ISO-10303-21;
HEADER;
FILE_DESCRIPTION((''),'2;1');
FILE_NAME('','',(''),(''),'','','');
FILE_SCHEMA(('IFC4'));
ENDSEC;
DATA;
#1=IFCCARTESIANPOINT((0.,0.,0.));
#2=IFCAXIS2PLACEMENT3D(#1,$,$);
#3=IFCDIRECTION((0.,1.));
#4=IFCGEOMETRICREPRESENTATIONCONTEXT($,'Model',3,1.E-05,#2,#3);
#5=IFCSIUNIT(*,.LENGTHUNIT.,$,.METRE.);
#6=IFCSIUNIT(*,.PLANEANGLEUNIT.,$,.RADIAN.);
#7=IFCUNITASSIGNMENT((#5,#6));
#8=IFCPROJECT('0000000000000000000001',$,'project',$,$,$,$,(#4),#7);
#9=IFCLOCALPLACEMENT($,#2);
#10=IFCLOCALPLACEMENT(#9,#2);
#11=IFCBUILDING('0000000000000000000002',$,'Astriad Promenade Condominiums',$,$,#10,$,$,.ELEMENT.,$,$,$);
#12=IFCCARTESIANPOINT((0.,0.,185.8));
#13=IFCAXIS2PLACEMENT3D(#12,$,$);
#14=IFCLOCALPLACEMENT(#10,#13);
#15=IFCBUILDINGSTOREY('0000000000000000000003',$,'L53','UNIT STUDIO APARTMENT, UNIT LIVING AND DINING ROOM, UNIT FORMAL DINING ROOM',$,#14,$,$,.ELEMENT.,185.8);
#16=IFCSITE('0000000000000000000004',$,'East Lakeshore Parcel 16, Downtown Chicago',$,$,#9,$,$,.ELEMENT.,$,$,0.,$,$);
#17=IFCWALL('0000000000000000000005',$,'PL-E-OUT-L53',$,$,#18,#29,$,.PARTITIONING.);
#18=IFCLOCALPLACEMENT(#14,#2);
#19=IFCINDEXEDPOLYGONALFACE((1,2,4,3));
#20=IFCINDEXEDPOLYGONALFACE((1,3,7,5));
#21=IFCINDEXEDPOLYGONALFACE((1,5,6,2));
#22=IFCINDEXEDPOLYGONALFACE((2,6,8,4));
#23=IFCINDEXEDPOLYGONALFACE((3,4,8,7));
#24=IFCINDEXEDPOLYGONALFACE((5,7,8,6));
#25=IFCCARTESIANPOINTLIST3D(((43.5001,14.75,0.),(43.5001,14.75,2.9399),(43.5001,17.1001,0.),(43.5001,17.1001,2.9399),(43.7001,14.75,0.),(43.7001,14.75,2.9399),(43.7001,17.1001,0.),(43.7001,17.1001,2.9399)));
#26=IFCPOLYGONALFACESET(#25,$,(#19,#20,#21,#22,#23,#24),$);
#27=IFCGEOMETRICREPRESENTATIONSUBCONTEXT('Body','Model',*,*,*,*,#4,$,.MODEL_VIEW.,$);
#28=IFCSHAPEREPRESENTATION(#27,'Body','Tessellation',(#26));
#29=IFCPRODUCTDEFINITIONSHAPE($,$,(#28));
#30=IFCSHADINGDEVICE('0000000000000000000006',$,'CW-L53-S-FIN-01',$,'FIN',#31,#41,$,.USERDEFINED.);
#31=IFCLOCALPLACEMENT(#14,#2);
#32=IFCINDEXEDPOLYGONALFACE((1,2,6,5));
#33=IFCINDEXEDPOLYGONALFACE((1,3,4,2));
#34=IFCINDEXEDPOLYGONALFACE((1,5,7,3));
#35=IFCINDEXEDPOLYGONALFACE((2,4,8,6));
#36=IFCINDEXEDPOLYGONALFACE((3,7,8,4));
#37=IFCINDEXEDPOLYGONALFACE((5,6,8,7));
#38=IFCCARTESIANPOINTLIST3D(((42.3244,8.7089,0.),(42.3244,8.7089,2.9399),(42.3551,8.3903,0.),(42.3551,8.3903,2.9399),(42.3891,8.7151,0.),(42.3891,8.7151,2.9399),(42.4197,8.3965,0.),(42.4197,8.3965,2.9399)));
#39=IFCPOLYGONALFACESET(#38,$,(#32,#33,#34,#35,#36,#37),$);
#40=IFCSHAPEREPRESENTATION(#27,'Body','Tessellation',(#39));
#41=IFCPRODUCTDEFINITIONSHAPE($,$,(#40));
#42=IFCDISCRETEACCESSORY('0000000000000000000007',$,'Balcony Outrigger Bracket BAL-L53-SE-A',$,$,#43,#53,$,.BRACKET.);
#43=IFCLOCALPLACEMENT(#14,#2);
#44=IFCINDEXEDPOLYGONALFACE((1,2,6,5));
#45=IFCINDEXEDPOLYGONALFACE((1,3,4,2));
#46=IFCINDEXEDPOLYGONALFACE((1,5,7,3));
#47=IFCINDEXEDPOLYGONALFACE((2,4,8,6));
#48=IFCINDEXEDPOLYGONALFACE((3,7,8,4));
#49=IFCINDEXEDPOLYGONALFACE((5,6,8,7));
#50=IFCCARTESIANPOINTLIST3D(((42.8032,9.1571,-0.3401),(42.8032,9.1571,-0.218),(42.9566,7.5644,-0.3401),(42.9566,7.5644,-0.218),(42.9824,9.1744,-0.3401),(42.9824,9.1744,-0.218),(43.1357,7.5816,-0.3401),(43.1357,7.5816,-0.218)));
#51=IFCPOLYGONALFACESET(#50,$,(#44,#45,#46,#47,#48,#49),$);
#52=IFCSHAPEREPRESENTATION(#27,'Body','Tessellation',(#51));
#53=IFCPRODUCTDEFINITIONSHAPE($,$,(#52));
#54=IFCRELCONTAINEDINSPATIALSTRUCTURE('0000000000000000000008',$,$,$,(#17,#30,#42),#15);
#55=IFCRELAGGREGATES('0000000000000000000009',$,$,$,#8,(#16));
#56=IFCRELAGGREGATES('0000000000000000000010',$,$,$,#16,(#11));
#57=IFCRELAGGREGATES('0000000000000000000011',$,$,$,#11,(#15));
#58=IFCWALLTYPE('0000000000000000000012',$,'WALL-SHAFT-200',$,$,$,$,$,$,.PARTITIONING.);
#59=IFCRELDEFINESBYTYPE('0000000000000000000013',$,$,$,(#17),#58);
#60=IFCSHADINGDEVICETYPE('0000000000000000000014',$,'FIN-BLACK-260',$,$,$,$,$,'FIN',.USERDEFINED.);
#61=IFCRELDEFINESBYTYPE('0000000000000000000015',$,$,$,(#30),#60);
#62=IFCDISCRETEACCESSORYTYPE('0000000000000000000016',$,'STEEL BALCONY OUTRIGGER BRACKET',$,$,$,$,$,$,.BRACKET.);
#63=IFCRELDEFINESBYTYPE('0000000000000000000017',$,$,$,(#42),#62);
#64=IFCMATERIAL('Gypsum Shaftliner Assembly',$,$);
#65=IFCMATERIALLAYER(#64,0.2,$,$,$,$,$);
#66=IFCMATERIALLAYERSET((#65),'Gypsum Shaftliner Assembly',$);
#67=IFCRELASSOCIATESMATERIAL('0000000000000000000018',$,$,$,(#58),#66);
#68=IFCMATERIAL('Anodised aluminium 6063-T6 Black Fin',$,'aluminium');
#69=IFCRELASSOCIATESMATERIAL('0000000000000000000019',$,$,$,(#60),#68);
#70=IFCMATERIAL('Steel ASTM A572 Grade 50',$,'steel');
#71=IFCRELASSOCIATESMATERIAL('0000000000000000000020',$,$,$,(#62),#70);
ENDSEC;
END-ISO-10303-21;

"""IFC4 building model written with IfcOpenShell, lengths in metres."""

from ifc_helpers import new_model, si_unit, direction, frame, frame_2d, origin, origin_2d, place, context, subcontext, project, spatial, rectangle, extrude, source, transform, mapped, material, layer, layer_set, type_object, type_shapes, element, save


model = new_model("IFC4")

# Units and contexts
model_context = context("Model", 3, precision=1e-05, world=origin(), true_north=direction((0.0, 1.0)))
body_context = subcontext(model_context, "Body", "Model", "MODEL_VIEW")
ifc_project = project(units=[si_unit("LENGTHUNIT", "METRE"), si_unit("PLANEANGLEUNIT", "RADIAN")], contexts=[model_context])

# Site, building, storey
site_placement = place(None, origin())
site = spatial("IfcSite", under=ifc_project, at=site_placement, Name="East Lakeshore Parcel 16, Downtown Chicago", CompositionType="ELEMENT", RefElevation=0.0)
building_placement = place(site_placement, origin())
building = spatial("IfcBuilding", under=site, at=building_placement, Name="Astriad Promenade Condominiums", CompositionType="ELEMENT")
storey_placement = place(building_placement, frame((0.0, 0.0, 185.8)))
storey = spatial("IfcBuildingStorey", under=building, at=storey_placement, Name="L53", Description="UNIT STUDIO APARTMENT, UNIT LIVING AND DINING ROOM, UNIT FORMAL DINING ROOM", CompositionType="ELEMENT", Elevation=185.8)

# Wall
ifc_material_1 = material(Name="Gypsum Shaftliner Assembly")
ifc_layer_1 = layer(ifc_material_1, 0.2)
ifc_layer_set_1 = layer_set([ifc_layer_1], Name="Gypsum Shaftliner Assembly")
wall_type_1 = type_object("IfcWallType", Name="WALL-SHAFT-200", PredefinedType="PARTITIONING", material=ifc_layer_set_1)
wall_1_placement = place(storey_placement, frame((43.6001, 14.75, 0.0), z_axis=(0.0, 0.0, 1.0), x_axis=(0.0, 1.0, 0.0)))
element("IfcWall", 1, at=wall_1_placement, inside=storey, type_object=wall_type_1, Name="PL-E-OUT-L53", PredefinedType="PARTITIONING", context=body_context, shape_type="SweptSolid", body=[
    extrude(rectangle(XDim=2.3501, YDim=0.2, at=frame_2d((1.175, 0.0))), origin(), (0.0, 0.0, 1.0), 2.9399),
])

# Shading device
ifc_material_2 = material(Name="Anodised aluminium 6063-T6 Black Fin", Category="aluminium")
shading_device_type = type_object("IfcShadingDeviceType", Name="FIN-BLACK-260", ElementType="FIN", PredefinedType="USERDEFINED", material=ifc_material_2)
shared_shape_1 = source(origin(), body_context, "Body", "SweptSolid", [
    extrude(rectangle(XDim=0.0649, YDim=0.3201, at=origin_2d()), origin(), (0.0, 0.0, 1.0), 2.9399),
])
type_shapes(shading_device_type, [shared_shape_1])
shading_device_placement = place(storey_placement, frame((42.3721, 8.5527, 0.0), z_axis=(0.0, 0.0, 1.0), x_axis=(-0.995396, -0.095846, 0.0)))
element("IfcShadingDevice", 2, at=shading_device_placement, inside=storey, type_object=shading_device_type, Name="CW-L53-S-FIN-01", ObjectType="FIN", PredefinedType="USERDEFINED", context=body_context, shape_type="MappedRepresentation", body=[
    mapped(shared_shape_1, transform((0.0, 0.0, 0.0), scale=1.0)),
])

# Discrete accessory
ifc_material_3 = material(Name="Steel ASTM A572 Grade 50", Category="steel")
discrete_accessory_type = type_object("IfcDiscreteAccessoryType", Name="STEEL BALCONY OUTRIGGER BRACKET", PredefinedType="BRACKET", material=ifc_material_3)
shared_shape_2 = source(origin(), body_context, "Body", "SweptSolid", [
    extrude(rectangle(XDim=1.6001, YDim=0.1799, at=origin_2d()), origin(), (0.0, 0.0, 1.0), 0.1221),
])
type_shapes(discrete_accessory_type, [shared_shape_2])
discrete_accessory_placement = place(storey_placement, frame((42.9695, 8.3694, -0.3401), z_axis=(0.0, 0.0, 1.0), x_axis=(0.095846, -0.995396, 0.0)))
element("IfcDiscreteAccessory", 3, at=discrete_accessory_placement, inside=storey, type_object=discrete_accessory_type, Name="Balcony Outrigger Bracket BAL-L53-SE-A", PredefinedType="BRACKET", context=body_context, shape_type="MappedRepresentation", body=[
    mapped(shared_shape_2, transform((0.0, 0.0, 0.0), scale=1.0)),
])

save(model, "model.ifc")
